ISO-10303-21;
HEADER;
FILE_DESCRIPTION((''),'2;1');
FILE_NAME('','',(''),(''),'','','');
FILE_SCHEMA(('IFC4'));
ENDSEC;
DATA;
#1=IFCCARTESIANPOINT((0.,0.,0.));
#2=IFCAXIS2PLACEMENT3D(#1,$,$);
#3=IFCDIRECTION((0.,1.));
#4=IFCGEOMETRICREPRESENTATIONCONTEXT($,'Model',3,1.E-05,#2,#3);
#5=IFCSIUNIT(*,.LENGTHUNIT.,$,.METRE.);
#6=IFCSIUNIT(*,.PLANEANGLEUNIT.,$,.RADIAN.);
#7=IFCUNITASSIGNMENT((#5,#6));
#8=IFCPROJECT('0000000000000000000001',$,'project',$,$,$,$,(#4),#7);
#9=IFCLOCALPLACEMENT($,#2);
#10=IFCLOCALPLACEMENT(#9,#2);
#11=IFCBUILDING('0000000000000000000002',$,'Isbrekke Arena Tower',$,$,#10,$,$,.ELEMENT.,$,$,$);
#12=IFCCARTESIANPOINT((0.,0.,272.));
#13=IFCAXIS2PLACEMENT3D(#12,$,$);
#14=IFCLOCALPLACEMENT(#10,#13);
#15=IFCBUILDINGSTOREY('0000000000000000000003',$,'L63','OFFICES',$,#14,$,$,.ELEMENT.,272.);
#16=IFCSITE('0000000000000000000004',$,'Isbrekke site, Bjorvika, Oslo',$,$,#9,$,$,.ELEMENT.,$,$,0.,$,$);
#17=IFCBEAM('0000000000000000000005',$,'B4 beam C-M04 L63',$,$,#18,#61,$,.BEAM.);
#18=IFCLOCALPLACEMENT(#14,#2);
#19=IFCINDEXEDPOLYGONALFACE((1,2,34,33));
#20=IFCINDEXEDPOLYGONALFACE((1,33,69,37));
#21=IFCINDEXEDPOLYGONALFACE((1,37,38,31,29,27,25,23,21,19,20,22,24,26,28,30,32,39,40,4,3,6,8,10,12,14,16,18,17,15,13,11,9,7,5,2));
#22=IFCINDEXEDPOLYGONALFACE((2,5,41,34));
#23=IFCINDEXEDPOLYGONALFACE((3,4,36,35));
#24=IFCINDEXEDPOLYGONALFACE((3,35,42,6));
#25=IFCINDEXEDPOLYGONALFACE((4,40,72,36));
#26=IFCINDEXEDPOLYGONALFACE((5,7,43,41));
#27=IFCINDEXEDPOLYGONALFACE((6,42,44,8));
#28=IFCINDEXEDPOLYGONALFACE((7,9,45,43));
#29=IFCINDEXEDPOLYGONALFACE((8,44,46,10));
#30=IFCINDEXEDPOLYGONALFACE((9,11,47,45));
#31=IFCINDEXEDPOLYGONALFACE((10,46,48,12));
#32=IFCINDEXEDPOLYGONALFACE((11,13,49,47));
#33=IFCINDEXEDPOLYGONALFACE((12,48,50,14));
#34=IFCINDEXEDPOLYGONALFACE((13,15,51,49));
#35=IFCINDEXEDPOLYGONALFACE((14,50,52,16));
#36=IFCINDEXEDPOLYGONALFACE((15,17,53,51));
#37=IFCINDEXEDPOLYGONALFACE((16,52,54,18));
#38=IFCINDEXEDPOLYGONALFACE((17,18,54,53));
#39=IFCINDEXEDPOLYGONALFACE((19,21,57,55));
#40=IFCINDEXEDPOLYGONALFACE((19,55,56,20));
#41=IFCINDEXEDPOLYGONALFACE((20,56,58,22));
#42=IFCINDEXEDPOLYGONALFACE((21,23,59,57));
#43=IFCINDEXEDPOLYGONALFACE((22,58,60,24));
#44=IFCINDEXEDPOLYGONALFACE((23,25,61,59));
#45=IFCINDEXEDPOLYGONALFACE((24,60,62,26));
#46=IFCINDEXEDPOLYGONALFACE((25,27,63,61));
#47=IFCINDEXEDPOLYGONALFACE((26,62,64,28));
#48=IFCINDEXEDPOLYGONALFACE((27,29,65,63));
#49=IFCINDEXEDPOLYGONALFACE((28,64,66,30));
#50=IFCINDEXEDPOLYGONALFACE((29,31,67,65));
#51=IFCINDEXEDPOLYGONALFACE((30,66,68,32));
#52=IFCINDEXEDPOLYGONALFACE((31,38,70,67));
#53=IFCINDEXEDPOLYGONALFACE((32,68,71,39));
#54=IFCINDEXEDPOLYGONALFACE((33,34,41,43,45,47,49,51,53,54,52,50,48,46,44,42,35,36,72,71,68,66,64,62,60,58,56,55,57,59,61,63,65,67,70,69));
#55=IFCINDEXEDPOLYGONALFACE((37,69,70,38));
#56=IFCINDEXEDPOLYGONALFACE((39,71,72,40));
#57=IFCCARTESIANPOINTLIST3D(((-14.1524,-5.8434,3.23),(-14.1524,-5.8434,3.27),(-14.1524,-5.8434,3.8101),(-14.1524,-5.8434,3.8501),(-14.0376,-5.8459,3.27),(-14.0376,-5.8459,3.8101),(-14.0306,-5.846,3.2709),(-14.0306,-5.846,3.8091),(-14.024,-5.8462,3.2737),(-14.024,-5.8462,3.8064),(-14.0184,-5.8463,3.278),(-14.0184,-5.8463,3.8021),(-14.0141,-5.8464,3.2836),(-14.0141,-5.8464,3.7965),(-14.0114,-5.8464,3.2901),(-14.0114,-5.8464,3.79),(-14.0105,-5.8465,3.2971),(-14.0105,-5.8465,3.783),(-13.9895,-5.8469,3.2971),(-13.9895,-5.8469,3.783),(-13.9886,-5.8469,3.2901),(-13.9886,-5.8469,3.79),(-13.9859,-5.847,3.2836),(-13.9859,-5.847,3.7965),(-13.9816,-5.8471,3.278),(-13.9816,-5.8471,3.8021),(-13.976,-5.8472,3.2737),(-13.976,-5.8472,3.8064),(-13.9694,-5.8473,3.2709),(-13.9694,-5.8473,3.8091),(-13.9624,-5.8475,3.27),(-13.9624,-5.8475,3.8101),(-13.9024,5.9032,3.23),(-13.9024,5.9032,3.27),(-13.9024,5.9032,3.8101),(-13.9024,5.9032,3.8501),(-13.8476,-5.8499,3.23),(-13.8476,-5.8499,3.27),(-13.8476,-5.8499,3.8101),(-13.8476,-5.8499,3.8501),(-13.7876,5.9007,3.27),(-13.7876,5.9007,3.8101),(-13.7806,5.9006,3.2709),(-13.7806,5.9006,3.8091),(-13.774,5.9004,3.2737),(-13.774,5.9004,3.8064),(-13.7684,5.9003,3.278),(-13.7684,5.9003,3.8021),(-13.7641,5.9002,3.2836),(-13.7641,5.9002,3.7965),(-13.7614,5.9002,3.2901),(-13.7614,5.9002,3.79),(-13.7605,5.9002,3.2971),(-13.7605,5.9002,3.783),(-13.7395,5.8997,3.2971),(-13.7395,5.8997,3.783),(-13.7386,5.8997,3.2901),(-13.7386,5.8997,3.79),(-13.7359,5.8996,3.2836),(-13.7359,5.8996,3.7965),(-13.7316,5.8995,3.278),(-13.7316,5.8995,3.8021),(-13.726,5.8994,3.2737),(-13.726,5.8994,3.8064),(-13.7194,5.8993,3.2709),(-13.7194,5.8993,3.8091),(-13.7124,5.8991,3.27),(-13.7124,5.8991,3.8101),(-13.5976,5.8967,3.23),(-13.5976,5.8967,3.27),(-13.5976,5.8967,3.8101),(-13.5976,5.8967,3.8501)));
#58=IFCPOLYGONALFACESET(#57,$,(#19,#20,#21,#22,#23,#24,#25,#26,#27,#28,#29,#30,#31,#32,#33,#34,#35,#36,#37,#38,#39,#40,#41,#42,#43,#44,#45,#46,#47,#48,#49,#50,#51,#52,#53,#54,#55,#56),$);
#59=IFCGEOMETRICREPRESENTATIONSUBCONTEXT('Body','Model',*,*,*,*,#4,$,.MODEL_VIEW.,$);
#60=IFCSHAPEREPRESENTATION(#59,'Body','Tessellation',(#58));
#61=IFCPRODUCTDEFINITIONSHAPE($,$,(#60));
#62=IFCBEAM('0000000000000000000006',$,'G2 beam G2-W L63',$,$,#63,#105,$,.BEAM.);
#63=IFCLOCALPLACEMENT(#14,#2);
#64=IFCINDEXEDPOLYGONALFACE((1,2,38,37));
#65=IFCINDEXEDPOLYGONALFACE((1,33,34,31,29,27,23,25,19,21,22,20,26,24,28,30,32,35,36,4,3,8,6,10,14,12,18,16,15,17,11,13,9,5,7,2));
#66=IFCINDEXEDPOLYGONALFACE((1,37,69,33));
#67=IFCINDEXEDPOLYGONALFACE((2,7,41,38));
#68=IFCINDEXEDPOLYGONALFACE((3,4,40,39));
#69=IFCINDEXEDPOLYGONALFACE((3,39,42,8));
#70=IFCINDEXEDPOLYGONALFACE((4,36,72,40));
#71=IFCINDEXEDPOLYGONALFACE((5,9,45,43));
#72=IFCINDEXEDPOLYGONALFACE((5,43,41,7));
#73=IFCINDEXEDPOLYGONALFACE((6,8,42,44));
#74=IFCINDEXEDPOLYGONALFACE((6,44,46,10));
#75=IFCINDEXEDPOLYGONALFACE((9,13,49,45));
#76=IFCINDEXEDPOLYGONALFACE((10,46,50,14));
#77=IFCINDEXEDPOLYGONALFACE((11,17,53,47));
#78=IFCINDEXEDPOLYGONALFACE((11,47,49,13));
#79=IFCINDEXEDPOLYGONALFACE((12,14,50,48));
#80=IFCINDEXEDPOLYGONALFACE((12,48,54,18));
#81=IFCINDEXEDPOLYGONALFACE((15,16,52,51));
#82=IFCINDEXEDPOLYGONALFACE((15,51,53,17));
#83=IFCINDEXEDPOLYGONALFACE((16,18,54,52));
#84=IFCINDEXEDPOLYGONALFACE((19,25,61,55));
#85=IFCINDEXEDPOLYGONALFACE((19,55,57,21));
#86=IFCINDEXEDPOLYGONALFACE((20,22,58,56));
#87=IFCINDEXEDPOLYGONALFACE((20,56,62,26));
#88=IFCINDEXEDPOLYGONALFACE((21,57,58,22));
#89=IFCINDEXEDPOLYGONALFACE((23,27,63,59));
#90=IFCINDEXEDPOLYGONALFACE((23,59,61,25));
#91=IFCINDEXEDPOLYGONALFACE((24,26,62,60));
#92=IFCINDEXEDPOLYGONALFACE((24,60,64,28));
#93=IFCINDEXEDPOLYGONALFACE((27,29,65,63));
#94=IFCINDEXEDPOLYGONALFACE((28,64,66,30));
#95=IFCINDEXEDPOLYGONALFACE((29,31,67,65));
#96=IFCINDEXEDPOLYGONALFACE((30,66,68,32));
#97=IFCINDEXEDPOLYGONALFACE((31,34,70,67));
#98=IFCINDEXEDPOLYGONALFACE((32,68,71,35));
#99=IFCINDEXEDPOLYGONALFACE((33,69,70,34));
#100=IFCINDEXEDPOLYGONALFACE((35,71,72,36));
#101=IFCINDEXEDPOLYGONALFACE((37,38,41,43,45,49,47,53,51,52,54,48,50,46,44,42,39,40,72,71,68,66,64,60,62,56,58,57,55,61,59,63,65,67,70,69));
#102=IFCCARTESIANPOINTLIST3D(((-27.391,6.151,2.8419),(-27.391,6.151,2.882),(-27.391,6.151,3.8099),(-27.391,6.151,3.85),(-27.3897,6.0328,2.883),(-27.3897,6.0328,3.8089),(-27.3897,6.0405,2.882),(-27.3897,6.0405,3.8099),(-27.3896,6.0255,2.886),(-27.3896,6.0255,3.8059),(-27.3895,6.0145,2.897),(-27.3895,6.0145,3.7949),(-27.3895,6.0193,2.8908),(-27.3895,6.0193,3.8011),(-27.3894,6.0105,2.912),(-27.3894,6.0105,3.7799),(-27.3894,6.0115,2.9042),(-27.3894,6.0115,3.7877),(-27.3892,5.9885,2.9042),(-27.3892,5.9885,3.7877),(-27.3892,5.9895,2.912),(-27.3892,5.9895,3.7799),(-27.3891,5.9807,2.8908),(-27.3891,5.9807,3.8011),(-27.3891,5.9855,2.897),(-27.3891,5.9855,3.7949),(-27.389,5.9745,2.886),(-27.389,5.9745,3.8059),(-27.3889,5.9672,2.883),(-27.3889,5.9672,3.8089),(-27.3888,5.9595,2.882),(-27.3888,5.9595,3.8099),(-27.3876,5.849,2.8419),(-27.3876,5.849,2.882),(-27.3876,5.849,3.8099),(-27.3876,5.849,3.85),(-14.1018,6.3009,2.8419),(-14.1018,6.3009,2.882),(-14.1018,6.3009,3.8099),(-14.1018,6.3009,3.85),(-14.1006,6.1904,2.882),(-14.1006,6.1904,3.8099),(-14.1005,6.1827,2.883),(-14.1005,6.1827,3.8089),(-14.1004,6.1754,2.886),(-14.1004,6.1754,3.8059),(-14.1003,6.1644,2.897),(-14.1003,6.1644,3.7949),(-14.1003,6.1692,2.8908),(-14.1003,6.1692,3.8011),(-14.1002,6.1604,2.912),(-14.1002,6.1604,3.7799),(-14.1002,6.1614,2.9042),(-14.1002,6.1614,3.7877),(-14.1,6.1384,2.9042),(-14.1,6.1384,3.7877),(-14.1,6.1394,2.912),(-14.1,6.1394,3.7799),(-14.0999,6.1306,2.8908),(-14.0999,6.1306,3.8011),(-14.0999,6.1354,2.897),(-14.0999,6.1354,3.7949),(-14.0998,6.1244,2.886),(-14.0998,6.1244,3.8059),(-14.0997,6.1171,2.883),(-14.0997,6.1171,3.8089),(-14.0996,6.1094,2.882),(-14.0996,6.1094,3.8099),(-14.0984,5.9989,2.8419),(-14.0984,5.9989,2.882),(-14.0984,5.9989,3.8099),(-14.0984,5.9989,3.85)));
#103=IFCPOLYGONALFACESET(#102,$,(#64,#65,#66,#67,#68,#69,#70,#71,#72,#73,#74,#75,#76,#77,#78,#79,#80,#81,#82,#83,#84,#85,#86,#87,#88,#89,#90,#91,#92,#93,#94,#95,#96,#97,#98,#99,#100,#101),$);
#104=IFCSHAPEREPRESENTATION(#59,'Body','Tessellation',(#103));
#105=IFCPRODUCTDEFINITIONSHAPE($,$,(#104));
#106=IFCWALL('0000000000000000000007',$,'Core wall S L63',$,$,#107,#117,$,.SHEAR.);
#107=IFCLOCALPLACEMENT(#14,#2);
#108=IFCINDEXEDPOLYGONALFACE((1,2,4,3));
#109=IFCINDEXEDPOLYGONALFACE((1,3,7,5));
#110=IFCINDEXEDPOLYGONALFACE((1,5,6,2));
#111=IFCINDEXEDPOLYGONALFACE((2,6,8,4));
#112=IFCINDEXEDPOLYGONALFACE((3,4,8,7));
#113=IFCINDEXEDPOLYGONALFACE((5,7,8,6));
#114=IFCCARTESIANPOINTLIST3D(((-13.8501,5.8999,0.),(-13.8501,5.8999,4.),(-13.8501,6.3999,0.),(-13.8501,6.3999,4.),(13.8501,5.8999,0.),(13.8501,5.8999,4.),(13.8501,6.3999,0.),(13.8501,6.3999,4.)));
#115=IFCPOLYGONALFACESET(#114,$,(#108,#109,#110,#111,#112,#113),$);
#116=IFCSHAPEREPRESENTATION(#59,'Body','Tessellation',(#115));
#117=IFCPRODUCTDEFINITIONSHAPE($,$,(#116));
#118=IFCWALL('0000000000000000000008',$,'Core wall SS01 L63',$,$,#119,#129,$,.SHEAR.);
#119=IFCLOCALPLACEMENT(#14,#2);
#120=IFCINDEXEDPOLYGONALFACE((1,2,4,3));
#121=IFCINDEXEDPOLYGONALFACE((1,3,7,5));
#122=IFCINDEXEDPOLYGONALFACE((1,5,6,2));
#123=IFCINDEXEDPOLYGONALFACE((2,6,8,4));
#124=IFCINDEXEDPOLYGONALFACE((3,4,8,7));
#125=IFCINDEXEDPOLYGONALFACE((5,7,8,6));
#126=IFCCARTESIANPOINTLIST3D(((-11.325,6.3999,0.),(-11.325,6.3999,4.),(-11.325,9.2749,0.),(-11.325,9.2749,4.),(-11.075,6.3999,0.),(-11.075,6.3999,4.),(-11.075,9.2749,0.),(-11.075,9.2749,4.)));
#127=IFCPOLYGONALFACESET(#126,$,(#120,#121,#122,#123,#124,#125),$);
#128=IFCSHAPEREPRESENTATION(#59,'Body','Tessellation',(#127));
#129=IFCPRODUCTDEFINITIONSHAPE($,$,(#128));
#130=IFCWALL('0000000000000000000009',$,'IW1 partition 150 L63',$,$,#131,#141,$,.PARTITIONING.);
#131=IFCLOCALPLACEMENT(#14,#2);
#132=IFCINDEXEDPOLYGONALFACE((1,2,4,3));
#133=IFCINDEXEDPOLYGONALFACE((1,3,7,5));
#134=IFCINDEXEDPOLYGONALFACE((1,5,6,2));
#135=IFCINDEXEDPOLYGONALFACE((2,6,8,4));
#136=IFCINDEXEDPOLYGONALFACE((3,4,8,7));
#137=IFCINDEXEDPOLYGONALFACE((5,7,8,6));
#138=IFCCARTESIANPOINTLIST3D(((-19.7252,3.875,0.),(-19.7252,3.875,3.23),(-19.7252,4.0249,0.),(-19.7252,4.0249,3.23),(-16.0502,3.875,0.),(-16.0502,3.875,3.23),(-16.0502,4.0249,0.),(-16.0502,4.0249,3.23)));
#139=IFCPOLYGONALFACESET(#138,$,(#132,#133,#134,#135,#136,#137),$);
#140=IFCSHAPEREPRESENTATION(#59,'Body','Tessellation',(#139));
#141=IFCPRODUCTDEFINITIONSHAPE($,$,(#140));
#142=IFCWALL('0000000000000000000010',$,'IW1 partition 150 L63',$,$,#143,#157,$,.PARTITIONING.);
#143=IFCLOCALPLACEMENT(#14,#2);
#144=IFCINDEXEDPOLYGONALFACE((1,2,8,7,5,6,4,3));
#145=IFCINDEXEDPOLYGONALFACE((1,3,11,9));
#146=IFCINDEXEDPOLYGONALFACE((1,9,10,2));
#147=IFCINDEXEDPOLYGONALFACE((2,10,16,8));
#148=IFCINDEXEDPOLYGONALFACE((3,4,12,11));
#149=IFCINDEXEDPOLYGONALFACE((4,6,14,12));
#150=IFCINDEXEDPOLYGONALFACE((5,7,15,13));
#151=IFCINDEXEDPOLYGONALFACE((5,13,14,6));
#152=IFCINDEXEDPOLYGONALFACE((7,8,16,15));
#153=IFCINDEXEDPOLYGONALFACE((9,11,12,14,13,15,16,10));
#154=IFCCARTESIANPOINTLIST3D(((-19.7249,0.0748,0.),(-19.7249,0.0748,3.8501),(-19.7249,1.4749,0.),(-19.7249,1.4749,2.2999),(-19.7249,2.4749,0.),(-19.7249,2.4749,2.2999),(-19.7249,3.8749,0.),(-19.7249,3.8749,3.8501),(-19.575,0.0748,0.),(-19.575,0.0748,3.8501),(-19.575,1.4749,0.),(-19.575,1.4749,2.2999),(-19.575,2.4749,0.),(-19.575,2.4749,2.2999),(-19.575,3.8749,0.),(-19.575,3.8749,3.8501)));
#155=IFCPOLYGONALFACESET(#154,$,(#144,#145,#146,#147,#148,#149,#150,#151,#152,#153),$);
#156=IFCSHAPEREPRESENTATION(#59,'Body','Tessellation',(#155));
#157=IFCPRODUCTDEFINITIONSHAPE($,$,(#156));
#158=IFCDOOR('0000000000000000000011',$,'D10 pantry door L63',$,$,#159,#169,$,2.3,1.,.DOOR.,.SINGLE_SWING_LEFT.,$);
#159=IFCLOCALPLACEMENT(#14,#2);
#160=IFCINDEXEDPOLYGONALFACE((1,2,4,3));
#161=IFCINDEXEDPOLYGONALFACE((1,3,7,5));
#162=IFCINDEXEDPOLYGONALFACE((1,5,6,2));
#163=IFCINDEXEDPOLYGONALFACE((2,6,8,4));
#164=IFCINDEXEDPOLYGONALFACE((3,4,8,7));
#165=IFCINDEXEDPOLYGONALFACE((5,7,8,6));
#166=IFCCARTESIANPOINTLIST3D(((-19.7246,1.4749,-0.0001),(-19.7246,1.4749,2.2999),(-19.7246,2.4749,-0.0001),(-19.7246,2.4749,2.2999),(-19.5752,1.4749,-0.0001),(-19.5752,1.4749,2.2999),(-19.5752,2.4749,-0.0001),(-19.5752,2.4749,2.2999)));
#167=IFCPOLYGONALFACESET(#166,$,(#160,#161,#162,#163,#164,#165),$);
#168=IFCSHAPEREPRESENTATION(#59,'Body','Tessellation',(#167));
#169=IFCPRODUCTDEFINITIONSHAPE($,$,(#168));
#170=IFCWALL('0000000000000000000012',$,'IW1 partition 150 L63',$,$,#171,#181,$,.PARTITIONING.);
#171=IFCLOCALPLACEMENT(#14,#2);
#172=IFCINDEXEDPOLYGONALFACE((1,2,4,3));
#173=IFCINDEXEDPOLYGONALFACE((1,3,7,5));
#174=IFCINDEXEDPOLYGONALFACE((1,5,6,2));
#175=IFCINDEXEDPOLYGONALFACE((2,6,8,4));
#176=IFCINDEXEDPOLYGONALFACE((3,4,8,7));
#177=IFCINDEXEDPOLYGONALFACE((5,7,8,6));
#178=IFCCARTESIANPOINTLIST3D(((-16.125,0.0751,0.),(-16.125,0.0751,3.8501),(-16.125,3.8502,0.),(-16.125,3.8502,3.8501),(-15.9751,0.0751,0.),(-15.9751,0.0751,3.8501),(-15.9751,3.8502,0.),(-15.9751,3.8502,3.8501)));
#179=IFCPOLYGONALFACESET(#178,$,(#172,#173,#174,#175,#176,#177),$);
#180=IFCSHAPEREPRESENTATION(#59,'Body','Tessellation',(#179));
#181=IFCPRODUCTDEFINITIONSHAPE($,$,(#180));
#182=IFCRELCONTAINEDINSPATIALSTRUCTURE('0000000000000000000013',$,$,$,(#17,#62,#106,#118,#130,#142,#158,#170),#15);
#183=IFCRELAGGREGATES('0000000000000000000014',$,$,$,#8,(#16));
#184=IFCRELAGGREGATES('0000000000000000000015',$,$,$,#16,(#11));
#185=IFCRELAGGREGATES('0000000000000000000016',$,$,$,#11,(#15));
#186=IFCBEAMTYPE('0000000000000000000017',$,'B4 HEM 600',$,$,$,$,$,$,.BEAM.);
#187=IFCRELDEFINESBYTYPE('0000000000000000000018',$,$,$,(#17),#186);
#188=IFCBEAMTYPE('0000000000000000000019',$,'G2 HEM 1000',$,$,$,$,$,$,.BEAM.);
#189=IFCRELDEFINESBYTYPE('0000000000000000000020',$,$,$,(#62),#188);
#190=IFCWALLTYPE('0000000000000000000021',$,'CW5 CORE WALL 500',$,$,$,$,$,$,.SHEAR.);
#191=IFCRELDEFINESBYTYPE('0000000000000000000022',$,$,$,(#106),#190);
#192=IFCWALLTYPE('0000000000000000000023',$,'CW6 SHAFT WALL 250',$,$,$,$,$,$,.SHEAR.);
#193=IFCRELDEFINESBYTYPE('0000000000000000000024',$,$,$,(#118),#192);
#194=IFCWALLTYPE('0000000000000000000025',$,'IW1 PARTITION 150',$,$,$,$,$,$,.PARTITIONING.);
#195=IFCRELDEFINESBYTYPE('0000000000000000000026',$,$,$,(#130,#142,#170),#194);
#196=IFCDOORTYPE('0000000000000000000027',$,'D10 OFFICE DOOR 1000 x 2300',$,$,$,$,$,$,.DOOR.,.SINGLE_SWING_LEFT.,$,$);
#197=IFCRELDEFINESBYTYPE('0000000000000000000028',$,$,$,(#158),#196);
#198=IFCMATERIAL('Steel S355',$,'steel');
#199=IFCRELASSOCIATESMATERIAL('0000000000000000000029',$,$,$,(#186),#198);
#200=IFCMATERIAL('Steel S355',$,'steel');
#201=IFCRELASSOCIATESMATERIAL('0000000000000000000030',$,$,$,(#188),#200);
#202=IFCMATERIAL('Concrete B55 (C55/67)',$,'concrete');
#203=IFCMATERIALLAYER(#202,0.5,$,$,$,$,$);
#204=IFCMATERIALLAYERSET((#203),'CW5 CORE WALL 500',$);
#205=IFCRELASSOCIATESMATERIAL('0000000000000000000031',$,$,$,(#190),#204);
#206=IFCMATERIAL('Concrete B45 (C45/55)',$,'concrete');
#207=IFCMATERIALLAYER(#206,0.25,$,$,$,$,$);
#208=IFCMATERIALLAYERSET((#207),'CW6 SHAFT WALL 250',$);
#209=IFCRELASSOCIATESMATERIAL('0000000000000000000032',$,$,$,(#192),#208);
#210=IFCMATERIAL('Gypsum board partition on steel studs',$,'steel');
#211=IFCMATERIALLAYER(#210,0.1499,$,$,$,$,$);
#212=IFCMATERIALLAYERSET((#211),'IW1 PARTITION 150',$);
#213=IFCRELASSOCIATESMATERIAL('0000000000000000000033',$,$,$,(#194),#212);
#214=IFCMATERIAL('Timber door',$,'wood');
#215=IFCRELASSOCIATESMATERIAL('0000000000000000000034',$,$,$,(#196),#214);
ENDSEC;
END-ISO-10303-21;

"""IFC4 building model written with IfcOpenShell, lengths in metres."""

from ifc_helpers import new_model, si_unit, direction, frame, frame_2d, origin, origin_2d, place, context, subcontext, project, spatial, rectangle, i_section, extrude, material, layer, layer_set, material_profile, profile_set, type_object, element, fill, save


model = new_model("IFC4")

# Units and contexts
model_context = context("Model", 3, precision=1e-05, world=origin(), true_north=direction((0.0, 1.0)))
body_context = subcontext(model_context, "Body", "Model", "MODEL_VIEW")
ifc_project = project(units=[si_unit("LENGTHUNIT", "METRE"), si_unit("PLANEANGLEUNIT", "RADIAN")], contexts=[model_context])

# Site, building, storey
site_placement = place(None, origin())
site = spatial("IfcSite", under=ifc_project, at=site_placement, Name="Isbrekke site, Bjorvika, Oslo", CompositionType="ELEMENT", RefElevation=0.0)
building_placement = place(site_placement, origin())
building = spatial("IfcBuilding", under=site, at=building_placement, Name="Isbrekke Arena Tower", CompositionType="ELEMENT")
storey_placement = place(building_placement, frame((0.0, 0.0, 272.0)))
storey = spatial("IfcBuildingStorey", under=building, at=storey_placement, Name="L63", Description="OFFICES", CompositionType="ELEMENT", Elevation=272.0)

# Beams
ifc_material_1 = material(Name="Steel S355", Category="steel")
ifc_material_profile_1 = material_profile(ifc_material_1, i_section(OverallWidth=0.3049, OverallDepth=0.6201, WebThickness=0.021, FlangeThickness=0.04, FilletRadius=0.0271, at=origin_2d()), Name="HEM 600")
ifc_profile_set_1 = profile_set([ifc_material_profile_1], Name="Steel S355")
beam_type_1 = type_object("IfcBeamType", Name="B4 HEM 600", PredefinedType="BEAM", material=ifc_profile_set_1)
beam_1_placement = place(storey_placement, frame((-14.0, -5.8467, 3.54), z_axis=(0.021278, 0.999774, 0.0), x_axis=(-0.999774, 0.021278, 0.0)))
element("IfcBeam", 1, at=beam_1_placement, inside=storey, type_object=beam_type_1, Name="B4 beam C-M04 L63", PredefinedType="BEAM", context=body_context, shape_type="SweptSolid", body=[
    extrude(i_section(OverallWidth=0.3049, OverallDepth=0.6201, WebThickness=0.021, FlangeThickness=0.04, FilletRadius=0.0271, at=origin_2d()), origin(), (0.0, 0.0, 1.0), 11.7493),
])
ifc_material_2 = material(Name="Steel S355", Category="steel")
ifc_material_profile_2 = material_profile(ifc_material_2, i_section(OverallWidth=0.302, OverallDepth=1.0081, WebThickness=0.021, FlangeThickness=0.04, FilletRadius=0.03, at=origin_2d()), Name="HEM 1000")
ifc_profile_set_2 = profile_set([ifc_material_profile_2], Name="Steel S355")
beam_type_2 = type_object("IfcBeamType", Name="G2 HEM 1000", PredefinedType="BEAM", material=ifc_profile_set_2)
beam_2_placement = place(storey_placement, frame((-14.1001, 6.1499, 3.3459), z_axis=(-0.999936, -0.011279, 0.0), x_axis=(0.011279, -0.999936, 0.0)))
element("IfcBeam", 2, at=beam_2_placement, inside=storey, type_object=beam_type_2, Name="G2 beam G2-W L63", PredefinedType="BEAM", context=body_context, shape_type="SweptSolid", body=[
    extrude(i_section(OverallWidth=0.302, OverallDepth=1.0081, WebThickness=0.021, FlangeThickness=0.04, FilletRadius=0.03, at=origin_2d()), origin(), (0.0, 0.0, 1.0), 13.29),
])

# Wall
ifc_material_3 = material(Name="Concrete B55 (C55/67)", Category="concrete")
ifc_layer_1 = layer(ifc_material_3, 0.5)
ifc_layer_set_1 = layer_set([ifc_layer_1], Name="CW5 CORE WALL 500")
wall_type_1 = type_object("IfcWallType", Name="CW5 CORE WALL 500", PredefinedType="SHEAR", material=ifc_layer_set_1)
wall_1_placement = place(storey_placement, frame((-13.8501, 6.1499, 0.0), z_axis=(0.0, 0.0, 1.0), x_axis=(1.0, 0.0, 0.0)))
element("IfcWall", 3, at=wall_1_placement, inside=storey, type_object=wall_type_1, Name="Core wall S L63", PredefinedType="SHEAR", context=body_context, shape_type="SweptSolid", body=[
    extrude(rectangle(XDim=27.7002, YDim=0.5, at=frame_2d((13.8501, 0.0))), origin(), (0.0, 0.0, 1.0), 4.0),
])

# Shared definitions
ifc_material_4 = material(Name="Concrete B45 (C45/55)", Category="concrete")
ifc_layer_2 = layer(ifc_material_4, 0.25)
ifc_layer_set_2 = layer_set([ifc_layer_2], Name="CW6 SHAFT WALL 250")
wall_type_2 = type_object("IfcWallType", Name="CW6 SHAFT WALL 250", PredefinedType="SHEAR", material=ifc_layer_set_2)

# Walls
wall_2_placement = place(storey_placement, frame((-11.2, 6.3999, 0.0), z_axis=(0.0, 0.0, 1.0), x_axis=(0.0, 1.0, 0.0)))
element("IfcWall", 4, at=wall_2_placement, inside=storey, type_object=wall_type_2, Name="Core wall SS01 L63", PredefinedType="SHEAR", context=body_context, shape_type="SweptSolid", body=[
    extrude(rectangle(XDim=2.875, YDim=0.25, at=frame_2d((1.4375, 0.0))), origin(), (0.0, 0.0, 1.0), 4.0),
])
ifc_material_5 = material(Name="Gypsum board partition on steel studs", Category="steel")
ifc_layer_3 = layer(ifc_material_5, 0.1499)
ifc_layer_set_3 = layer_set([ifc_layer_3], Name="IW1 PARTITION 150")
wall_type_3 = type_object("IfcWallType", Name="IW1 PARTITION 150", PredefinedType="PARTITIONING", material=ifc_layer_set_3)
wall_3_placement = place(storey_placement, frame((-19.7251, 3.95, 0.0), z_axis=(0.0, 0.0, 1.0), x_axis=(1.0, 0.0, 0.0)))
element("IfcWall", 5, at=wall_3_placement, inside=storey, type_object=wall_type_3, Name="IW1 partition 150 L63", PredefinedType="PARTITIONING", context=body_context, shape_type="SweptSolid", body=[
    extrude(rectangle(XDim=3.675, YDim=0.1499, at=frame_2d((1.8374, 0.0))), origin(), (0.0, 0.0, 1.0), 3.23),
])

# Wall, opening, door
wall_4_placement = place(storey_placement, frame((-19.6499, 0.075, 0.0), z_axis=(0.0, 0.0, 1.0), x_axis=(0.0, 1.0, 0.0)))
wall_4 = element("IfcWall", 6, at=wall_4_placement, inside=storey, type_object=wall_type_3, Name="IW1 partition 150 L63", PredefinedType="PARTITIONING", context=body_context, shape_type="SweptSolid", body=[
    extrude(rectangle(XDim=3.8, YDim=0.1499, at=frame_2d((1.8999, 0.0))), origin(), (0.0, 0.0, 1.0), 3.8501),
])
opening_1_placement = place(wall_4_placement, frame((1.3999, 0.0, 0.0)))
opening_1 = element("IfcOpeningElement", 7, at=opening_1_placement, cuts=wall_4, PredefinedType="OPENING", context=body_context, shape_type="SweptSolid", body=[
    extrude(rectangle(XDim=1.0, YDim=2.3, at=frame_2d((0.5, 1.1499))), frame((0.0, 0.0898, 0.0), z_axis=(0.0, -1.0, 0.0), x_axis=(1.0, 0.0, 0.0)), (0.0, 0.0, 1.0), 0.1797),
])
ifc_material_6 = material(Name="Timber door", Category="wood")
door_type_1 = type_object("IfcDoorType", Name="D10 OFFICE DOOR 1000 x 2300", OperationType="SINGLE_SWING_LEFT", PredefinedType="DOOR", material=ifc_material_6)
door_1_placement = place(opening_1_placement, origin())
door_1 = element("IfcDoor", 8, at=door_1_placement, inside=storey, type_object=door_type_1, Name="D10 pantry door L63", OperationType="SINGLE_SWING_LEFT", OverallHeight=2.3, OverallWidth=1.0, PredefinedType="DOOR", context=body_context, shape_type="SweptSolid", body=[
    extrude(rectangle(XDim=1.0, YDim=2.3, at=frame_2d((0.5, 1.1499))), frame((0.0, 0.0747, 0.0), z_axis=(0.0, -1.0, 0.0), x_axis=(1.0, 0.0, 0.0)), (0.0, 0.0, 1.0), 0.1494),
])
fill(opening_1, door_1)

# Wall
wall_5_placement = place(storey_placement, frame((-16.05, 0.075, 0.0), z_axis=(0.0, 0.0, 1.0), x_axis=(0.0, 1.0, 0.0)))
element("IfcWall", 9, at=wall_5_placement, inside=storey, type_object=wall_type_3, Name="IW1 partition 150 L63", PredefinedType="PARTITIONING", context=body_context, shape_type="SweptSolid", body=[
    extrude(rectangle(XDim=3.7751, YDim=0.1499, at=frame_2d((1.8877, 0.0))), origin(), (0.0, 0.0, 1.0), 3.8501),
])

save(model, "model.ifc")
